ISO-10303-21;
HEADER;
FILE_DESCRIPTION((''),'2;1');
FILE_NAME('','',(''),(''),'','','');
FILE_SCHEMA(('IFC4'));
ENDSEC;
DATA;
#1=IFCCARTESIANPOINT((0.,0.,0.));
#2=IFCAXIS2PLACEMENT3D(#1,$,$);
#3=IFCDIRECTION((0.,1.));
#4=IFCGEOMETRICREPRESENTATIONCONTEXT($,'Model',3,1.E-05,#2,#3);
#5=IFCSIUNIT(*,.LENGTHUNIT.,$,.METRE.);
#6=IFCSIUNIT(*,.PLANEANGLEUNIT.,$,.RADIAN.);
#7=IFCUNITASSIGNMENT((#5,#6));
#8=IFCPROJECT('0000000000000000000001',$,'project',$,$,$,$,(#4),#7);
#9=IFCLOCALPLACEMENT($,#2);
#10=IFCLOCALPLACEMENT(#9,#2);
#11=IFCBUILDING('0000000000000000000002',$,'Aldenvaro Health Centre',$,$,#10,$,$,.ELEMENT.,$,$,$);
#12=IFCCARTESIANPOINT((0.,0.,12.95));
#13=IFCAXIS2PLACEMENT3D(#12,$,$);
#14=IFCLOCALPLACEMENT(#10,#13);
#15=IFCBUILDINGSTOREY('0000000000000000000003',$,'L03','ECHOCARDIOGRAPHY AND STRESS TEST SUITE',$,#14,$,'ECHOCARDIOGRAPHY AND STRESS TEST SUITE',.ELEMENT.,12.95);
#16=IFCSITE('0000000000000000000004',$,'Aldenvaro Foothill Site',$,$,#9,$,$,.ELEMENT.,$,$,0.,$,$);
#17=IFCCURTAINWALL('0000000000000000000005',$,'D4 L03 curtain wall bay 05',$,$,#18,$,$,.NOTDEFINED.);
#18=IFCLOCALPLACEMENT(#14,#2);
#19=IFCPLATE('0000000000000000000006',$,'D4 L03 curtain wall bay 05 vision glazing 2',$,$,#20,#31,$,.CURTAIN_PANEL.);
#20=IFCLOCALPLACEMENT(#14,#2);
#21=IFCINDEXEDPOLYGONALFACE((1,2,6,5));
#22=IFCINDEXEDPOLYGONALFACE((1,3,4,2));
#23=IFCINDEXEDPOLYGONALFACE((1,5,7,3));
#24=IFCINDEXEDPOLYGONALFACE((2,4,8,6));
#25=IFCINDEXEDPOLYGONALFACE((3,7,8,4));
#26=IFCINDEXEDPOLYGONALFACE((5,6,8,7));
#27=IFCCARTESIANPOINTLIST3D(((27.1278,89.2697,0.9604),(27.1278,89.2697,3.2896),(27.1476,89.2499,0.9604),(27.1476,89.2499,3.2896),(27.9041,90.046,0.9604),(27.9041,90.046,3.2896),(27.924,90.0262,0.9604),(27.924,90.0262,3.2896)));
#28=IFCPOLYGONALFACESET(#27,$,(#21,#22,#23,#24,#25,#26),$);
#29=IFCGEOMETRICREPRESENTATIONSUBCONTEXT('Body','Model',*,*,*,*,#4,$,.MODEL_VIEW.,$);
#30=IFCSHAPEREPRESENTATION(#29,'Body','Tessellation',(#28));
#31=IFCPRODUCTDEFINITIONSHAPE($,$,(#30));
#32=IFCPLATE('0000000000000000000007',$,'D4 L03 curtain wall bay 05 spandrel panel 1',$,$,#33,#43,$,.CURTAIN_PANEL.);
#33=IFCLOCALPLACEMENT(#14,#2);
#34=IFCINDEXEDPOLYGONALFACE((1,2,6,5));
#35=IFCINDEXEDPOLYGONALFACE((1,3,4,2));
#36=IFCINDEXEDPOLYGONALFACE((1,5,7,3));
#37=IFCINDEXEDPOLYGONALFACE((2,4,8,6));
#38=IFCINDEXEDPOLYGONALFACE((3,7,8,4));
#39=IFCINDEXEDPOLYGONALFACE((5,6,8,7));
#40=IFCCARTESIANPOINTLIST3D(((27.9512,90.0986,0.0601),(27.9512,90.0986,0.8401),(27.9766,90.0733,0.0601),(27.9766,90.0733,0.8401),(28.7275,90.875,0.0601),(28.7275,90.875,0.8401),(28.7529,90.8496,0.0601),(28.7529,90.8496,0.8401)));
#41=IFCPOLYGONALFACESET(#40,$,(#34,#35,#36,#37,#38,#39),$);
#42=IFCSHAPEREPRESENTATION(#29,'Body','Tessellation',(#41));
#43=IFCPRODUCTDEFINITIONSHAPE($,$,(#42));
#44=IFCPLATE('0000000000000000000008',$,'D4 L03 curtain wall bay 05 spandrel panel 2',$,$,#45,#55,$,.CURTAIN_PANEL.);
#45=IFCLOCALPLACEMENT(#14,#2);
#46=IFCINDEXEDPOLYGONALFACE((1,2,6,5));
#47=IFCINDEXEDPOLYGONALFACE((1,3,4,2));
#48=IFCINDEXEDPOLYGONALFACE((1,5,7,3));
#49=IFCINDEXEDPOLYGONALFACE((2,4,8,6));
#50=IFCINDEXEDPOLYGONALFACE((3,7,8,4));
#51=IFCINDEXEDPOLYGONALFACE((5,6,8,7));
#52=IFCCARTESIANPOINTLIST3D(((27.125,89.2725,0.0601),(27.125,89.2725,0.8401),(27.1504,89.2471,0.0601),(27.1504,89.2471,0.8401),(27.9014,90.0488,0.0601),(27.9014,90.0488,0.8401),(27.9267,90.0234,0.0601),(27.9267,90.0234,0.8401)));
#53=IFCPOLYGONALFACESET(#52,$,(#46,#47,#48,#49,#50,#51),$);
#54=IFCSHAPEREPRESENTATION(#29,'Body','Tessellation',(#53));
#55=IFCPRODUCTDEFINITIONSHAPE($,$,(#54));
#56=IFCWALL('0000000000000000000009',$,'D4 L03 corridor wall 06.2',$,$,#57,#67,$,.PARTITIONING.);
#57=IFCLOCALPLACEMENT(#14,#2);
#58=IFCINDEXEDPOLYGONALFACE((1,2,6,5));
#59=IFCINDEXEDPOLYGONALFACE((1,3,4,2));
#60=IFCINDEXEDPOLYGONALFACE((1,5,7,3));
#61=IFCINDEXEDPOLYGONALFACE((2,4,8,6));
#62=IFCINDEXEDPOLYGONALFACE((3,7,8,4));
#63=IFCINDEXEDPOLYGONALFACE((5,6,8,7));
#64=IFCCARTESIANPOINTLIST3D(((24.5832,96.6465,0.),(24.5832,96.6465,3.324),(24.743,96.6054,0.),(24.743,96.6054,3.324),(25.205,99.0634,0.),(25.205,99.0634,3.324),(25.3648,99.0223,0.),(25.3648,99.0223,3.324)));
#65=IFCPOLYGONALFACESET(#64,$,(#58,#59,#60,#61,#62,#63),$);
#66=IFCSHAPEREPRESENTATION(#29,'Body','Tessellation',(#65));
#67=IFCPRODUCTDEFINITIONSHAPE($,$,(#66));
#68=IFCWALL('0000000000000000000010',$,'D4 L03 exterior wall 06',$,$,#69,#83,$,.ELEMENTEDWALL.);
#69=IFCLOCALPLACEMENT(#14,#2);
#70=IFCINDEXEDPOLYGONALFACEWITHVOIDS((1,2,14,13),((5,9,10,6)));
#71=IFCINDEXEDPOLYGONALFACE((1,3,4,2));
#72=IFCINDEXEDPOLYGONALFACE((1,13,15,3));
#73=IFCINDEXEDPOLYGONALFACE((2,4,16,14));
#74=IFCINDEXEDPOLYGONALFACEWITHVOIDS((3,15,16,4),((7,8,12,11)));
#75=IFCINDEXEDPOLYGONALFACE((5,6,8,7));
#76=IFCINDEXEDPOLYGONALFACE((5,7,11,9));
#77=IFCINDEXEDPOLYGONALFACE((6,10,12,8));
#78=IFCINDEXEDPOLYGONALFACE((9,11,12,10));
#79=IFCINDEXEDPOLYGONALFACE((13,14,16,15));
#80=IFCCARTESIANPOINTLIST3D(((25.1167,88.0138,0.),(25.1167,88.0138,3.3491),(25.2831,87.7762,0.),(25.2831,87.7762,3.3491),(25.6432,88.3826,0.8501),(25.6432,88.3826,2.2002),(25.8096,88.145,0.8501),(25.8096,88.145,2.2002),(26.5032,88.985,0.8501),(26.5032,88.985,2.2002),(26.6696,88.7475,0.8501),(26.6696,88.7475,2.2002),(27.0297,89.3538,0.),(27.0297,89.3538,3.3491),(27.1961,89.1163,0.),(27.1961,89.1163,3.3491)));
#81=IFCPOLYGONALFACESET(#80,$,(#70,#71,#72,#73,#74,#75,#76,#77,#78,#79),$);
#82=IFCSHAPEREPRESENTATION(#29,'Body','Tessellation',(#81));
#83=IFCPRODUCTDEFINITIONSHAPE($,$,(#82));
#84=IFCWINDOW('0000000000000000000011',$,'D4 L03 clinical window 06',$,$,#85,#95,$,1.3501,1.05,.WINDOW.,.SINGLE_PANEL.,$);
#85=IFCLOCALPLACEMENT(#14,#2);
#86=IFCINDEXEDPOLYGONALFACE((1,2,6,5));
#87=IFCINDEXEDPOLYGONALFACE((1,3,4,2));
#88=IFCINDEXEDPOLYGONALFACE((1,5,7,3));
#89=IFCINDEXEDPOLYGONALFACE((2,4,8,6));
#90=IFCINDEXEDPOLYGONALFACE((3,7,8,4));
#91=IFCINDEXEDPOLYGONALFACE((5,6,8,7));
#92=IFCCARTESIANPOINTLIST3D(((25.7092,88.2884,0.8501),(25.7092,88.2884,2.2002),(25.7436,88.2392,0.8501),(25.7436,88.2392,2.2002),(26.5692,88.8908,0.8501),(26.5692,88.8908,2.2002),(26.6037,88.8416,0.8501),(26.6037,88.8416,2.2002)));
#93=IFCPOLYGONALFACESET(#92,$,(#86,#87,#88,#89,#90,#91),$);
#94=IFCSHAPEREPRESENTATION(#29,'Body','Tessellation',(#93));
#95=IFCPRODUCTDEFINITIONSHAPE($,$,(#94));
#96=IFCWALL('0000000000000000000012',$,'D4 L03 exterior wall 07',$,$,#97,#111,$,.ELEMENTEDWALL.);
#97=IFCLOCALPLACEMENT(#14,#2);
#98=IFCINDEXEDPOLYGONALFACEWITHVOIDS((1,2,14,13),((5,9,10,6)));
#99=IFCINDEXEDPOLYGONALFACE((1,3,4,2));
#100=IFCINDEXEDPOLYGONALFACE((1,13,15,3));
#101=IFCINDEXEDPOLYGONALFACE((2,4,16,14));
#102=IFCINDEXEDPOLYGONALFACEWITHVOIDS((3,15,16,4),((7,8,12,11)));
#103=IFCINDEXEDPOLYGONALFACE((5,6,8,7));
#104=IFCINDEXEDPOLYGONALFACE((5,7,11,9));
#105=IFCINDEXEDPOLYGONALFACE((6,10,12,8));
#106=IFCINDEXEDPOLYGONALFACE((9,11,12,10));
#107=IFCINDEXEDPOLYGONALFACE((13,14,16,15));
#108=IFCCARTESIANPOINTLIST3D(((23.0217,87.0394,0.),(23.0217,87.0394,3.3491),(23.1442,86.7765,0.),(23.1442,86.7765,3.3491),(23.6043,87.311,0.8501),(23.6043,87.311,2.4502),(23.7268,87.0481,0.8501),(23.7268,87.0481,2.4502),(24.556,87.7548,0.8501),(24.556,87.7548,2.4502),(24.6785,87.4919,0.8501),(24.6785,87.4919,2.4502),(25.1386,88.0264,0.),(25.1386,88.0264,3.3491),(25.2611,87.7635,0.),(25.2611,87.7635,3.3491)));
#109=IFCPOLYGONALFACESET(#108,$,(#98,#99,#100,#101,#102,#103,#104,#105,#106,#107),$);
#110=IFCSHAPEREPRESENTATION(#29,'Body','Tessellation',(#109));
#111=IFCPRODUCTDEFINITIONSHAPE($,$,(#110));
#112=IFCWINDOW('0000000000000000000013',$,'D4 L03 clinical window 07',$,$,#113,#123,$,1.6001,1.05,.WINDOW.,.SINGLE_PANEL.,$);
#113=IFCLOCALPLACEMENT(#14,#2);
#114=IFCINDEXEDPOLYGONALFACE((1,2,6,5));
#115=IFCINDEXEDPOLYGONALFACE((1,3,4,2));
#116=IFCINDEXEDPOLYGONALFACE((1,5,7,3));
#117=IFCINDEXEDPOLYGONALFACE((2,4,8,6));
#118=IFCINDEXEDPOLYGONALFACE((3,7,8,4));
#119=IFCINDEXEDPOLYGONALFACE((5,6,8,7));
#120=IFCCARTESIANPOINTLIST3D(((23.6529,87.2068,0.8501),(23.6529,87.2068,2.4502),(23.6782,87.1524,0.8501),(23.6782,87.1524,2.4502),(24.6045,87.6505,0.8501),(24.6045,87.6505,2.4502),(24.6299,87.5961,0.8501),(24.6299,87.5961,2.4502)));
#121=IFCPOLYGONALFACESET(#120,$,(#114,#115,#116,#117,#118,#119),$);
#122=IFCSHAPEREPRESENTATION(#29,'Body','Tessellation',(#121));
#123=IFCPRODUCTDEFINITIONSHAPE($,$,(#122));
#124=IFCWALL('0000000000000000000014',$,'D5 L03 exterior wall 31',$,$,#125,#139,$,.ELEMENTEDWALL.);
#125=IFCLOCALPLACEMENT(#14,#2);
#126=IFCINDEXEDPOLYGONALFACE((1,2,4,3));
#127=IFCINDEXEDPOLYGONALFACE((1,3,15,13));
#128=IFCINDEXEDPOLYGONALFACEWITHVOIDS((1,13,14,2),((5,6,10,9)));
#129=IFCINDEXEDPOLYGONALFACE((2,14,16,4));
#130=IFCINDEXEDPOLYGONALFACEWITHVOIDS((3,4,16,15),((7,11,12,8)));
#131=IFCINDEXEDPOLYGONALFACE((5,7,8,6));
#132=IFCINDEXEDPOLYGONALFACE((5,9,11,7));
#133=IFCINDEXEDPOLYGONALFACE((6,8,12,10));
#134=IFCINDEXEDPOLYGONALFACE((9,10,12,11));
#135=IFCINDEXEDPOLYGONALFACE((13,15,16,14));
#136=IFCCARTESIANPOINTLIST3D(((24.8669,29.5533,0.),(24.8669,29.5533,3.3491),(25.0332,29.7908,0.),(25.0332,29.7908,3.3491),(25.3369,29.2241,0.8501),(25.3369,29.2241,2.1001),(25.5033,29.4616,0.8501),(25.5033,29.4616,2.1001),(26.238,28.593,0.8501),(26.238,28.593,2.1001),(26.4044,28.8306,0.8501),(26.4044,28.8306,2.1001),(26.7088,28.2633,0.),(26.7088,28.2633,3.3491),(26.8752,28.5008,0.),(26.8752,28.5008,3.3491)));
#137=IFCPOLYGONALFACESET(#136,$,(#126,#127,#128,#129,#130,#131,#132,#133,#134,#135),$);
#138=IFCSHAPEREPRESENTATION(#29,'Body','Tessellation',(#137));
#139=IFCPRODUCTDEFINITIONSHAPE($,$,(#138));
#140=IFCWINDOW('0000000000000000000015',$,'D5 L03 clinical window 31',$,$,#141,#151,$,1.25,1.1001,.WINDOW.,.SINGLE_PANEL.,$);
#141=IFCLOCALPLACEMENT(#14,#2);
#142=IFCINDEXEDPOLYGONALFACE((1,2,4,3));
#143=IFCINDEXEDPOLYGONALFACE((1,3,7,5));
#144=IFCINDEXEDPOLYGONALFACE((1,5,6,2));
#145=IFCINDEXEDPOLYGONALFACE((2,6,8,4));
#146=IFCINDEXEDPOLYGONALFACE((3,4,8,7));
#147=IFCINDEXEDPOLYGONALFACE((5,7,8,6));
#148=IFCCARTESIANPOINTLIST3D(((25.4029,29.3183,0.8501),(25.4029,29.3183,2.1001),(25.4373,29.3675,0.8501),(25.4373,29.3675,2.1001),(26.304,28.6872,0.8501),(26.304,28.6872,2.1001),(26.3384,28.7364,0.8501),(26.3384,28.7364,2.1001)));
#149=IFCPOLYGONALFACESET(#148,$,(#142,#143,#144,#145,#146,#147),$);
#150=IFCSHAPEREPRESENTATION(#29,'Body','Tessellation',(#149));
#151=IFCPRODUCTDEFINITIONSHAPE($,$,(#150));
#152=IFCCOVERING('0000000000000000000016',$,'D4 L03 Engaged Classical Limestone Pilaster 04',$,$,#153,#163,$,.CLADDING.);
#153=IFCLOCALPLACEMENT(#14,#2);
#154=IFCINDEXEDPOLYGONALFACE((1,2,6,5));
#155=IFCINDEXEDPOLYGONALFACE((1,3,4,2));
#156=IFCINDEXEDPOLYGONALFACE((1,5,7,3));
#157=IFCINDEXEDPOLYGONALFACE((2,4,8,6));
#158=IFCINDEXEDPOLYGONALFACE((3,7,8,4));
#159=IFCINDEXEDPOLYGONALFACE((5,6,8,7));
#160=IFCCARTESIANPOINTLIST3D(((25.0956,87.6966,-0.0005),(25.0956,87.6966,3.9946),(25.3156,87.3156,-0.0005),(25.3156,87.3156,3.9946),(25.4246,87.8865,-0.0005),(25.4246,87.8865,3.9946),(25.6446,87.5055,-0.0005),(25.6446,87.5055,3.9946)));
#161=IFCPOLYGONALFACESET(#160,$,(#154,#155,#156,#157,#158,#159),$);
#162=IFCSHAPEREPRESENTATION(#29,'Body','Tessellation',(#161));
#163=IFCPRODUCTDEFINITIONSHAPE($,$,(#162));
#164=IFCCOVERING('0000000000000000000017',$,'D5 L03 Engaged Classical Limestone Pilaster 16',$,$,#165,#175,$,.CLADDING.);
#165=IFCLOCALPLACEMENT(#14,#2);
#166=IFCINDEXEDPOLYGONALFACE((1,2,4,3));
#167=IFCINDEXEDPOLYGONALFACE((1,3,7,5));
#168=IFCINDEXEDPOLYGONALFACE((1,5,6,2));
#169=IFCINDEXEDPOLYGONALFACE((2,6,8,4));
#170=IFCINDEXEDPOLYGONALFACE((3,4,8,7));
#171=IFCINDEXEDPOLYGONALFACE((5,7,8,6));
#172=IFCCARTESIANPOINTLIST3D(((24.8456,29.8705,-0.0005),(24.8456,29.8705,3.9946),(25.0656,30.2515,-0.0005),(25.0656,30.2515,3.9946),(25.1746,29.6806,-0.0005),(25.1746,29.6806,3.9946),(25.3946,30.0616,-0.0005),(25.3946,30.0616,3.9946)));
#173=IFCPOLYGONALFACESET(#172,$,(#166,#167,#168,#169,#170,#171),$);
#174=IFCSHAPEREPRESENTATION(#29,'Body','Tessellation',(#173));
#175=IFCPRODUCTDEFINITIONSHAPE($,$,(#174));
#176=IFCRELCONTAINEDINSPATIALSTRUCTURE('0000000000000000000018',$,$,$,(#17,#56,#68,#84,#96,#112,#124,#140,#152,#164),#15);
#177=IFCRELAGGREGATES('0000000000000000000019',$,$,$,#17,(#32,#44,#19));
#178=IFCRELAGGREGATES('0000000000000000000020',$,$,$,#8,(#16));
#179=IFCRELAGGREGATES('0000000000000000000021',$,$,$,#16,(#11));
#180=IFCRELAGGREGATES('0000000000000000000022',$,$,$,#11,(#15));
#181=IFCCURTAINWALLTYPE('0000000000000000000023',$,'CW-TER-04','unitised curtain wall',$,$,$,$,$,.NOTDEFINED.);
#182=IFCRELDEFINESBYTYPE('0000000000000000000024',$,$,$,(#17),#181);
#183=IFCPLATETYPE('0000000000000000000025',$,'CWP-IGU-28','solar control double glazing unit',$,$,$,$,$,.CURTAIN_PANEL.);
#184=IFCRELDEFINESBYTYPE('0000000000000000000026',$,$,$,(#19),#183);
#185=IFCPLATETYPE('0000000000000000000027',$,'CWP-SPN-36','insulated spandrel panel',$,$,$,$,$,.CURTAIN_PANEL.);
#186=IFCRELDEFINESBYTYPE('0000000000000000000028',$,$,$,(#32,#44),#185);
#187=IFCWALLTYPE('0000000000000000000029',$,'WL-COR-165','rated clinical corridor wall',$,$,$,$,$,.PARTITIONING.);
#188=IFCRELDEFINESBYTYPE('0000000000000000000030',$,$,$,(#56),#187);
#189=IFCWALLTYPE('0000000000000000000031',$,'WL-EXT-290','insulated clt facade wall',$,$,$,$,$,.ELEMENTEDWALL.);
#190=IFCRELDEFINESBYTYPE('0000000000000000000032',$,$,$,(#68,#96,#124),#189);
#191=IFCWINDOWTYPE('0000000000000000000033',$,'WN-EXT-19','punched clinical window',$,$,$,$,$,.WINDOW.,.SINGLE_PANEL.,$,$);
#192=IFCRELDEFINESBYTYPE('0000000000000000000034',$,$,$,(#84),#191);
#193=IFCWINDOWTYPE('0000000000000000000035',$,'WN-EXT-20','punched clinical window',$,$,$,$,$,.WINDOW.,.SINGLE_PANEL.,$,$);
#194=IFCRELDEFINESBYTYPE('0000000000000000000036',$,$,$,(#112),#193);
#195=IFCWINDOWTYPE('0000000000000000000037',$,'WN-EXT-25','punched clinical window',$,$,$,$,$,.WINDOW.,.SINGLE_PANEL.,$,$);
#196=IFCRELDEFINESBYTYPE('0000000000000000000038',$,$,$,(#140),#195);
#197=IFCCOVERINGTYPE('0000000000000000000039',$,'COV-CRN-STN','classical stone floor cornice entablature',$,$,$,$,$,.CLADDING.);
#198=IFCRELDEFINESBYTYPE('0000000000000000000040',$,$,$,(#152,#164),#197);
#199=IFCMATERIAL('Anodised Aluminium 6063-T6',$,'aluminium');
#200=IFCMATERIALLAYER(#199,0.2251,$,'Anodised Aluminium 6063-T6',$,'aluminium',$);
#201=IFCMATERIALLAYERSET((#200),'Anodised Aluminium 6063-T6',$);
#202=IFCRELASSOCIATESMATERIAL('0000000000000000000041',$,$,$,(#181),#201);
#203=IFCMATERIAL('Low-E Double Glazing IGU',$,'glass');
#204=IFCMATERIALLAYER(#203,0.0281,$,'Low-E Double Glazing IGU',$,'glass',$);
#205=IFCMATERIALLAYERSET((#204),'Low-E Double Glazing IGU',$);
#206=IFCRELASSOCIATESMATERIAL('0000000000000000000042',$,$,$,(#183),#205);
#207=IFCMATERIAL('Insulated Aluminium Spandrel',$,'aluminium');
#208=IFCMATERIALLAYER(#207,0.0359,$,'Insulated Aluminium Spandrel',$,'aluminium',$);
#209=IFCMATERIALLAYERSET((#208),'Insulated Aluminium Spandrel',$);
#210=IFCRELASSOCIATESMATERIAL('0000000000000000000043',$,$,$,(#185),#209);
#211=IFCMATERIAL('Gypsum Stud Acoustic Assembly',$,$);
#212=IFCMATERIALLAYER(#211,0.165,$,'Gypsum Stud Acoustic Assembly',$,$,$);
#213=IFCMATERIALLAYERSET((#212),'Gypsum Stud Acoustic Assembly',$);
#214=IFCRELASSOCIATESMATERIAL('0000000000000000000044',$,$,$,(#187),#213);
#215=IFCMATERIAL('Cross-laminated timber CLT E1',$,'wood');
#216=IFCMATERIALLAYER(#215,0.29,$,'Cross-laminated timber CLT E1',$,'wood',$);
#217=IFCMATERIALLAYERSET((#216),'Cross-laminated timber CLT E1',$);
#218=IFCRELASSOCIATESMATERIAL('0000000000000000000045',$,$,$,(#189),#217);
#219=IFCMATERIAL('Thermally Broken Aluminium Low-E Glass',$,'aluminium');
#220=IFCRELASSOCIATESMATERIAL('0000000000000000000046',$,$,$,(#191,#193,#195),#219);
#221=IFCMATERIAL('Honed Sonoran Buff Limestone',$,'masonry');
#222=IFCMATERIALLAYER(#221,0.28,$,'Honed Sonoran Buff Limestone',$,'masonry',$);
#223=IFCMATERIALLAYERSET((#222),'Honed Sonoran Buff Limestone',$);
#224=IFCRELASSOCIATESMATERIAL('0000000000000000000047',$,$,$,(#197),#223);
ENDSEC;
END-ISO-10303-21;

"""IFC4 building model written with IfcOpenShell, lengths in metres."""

from ifc_helpers import new_model, si_unit, direction, frame, frame_2d, origin, origin_2d, place, context, subcontext, project, spatial, rectangle, extrude, material, layer, layer_set, type_object, element, fill, aggregate, save


model = new_model("IFC4")

# Units and contexts
model_context = context("Model", 3, precision=1e-05, world=origin(), true_north=direction((0.0, 1.0)))
body_context = subcontext(model_context, "Body", "Model", "MODEL_VIEW")
ifc_project = project(units=[si_unit("LENGTHUNIT", "METRE"), si_unit("PLANEANGLEUNIT", "RADIAN")], contexts=[model_context])

# Site, building, storey
site_placement = place(None, origin())
site = spatial("IfcSite", under=ifc_project, at=site_placement, Name="Aldenvaro Foothill Site", CompositionType="ELEMENT", RefElevation=0.0)
building_placement = place(site_placement, origin())
building = spatial("IfcBuilding", under=site, at=building_placement, Name="Aldenvaro Health Centre", CompositionType="ELEMENT")
storey_placement = place(building_placement, frame((0.0, 0.0, 12.95)))
storey = spatial("IfcBuildingStorey", under=building, at=storey_placement, Name="L03", Description="ECHOCARDIOGRAPHY AND STRESS TEST SUITE", LongName="ECHOCARDIOGRAPHY AND STRESS TEST SUITE", CompositionType="ELEMENT", Elevation=12.95)

# Curtain wall, plates
ifc_material_1 = material(Name="Anodised Aluminium 6063-T6", Category="aluminium")
ifc_layer_1 = layer(ifc_material_1, 0.2251, Name="Anodised Aluminium 6063-T6", Category="aluminium")
ifc_layer_set_1 = layer_set([ifc_layer_1], Name="Anodised Aluminium 6063-T6")
curtain_wall_type = type_object("IfcCurtainWallType", Name="CW-TER-04", Description="unitised curtain wall", PredefinedType="NOTDEFINED", material=ifc_layer_set_1)
curtain_wall_placement = place(storey_placement, origin())
curtain_wall = element("IfcCurtainWall", 1, at=curtain_wall_placement, inside=storey, type_object=curtain_wall_type, Name="D4 L03 curtain wall bay 05", PredefinedType="NOTDEFINED")
ifc_material_2 = material(Name="Low-E Double Glazing IGU", Category="glass")
ifc_layer_2 = layer(ifc_material_2, 0.0281, Name="Low-E Double Glazing IGU", Category="glass")
ifc_layer_set_2 = layer_set([ifc_layer_2], Name="Low-E Double Glazing IGU")
plate_type_1 = type_object("IfcPlateType", Name="CWP-IGU-28", Description="solar control double glazing unit", PredefinedType="CURTAIN_PANEL", material=ifc_layer_set_2)
plate_1_placement = place(storey_placement, frame((27.5259, 89.6479, 0.9604), z_axis=(0.0, 0.0, 1.0), x_axis=(-0.707107, -0.707107, 0.0)))
plate_1 = element("IfcPlate", 2, at=plate_1_placement, type_object=plate_type_1, Name="D4 L03 curtain wall bay 05 vision glazing 2", PredefinedType="CURTAIN_PANEL", context=body_context, shape_type="SweptSolid", body=[
    extrude(rectangle(XDim=1.0979, YDim=0.0281, at=origin_2d()), origin(), (0.0, 0.0, 1.0), 2.3291),
])
ifc_material_3 = material(Name="Insulated Aluminium Spandrel", Category="aluminium")
ifc_layer_3 = layer(ifc_material_3, 0.0359, Name="Insulated Aluminium Spandrel", Category="aluminium")
ifc_layer_set_3 = layer_set([ifc_layer_3], Name="Insulated Aluminium Spandrel")
plate_type_2 = type_object("IfcPlateType", Name="CWP-SPN-36", Description="insulated spandrel panel", PredefinedType="CURTAIN_PANEL", material=ifc_layer_set_3)
plate_2_placement = place(storey_placement, frame((28.3521, 90.4741, 0.0601), z_axis=(0.0, 0.0, 1.0), x_axis=(-0.707107, -0.707107, 0.0)))
plate_2 = element("IfcPlate", 3, at=plate_2_placement, type_object=plate_type_2, Name="D4 L03 curtain wall bay 05 spandrel panel 1", PredefinedType="CURTAIN_PANEL", context=body_context, shape_type="SweptSolid", body=[
    extrude(rectangle(XDim=1.0979, YDim=0.0359, at=origin_2d()), origin(), (0.0, 0.0, 1.0), 0.78),
])
plate_3_placement = place(storey_placement, frame((27.5259, 89.6479, 0.0601), z_axis=(0.0, 0.0, 1.0), x_axis=(-0.707107, -0.707107, 0.0)))
plate_3 = element("IfcPlate", 4, at=plate_3_placement, type_object=plate_type_2, Name="D4 L03 curtain wall bay 05 spandrel panel 2", PredefinedType="CURTAIN_PANEL", context=body_context, shape_type="SweptSolid", body=[
    extrude(rectangle(XDim=1.0979, YDim=0.0359, at=origin_2d()), origin(), (0.0, 0.0, 1.0), 0.78),
])
aggregate(curtain_wall, [plate_2, plate_3, plate_1])

# Wall
ifc_material_4 = material(Name="Gypsum Stud Acoustic Assembly")
ifc_layer_4 = layer(ifc_material_4, 0.165, Name="Gypsum Stud Acoustic Assembly")
ifc_layer_set_4 = layer_set([ifc_layer_4], Name="Gypsum Stud Acoustic Assembly")
wall_type_1 = type_object("IfcWallType", Name="WL-COR-165", Description="rated clinical corridor wall", PredefinedType="PARTITIONING", material=ifc_layer_set_4)
wall_1_placement = place(storey_placement, frame((24.6631, 96.626, 0.0), z_axis=(0.0, 0.0, 1.0), x_axis=(0.249159, 0.968463, 0.0)))
element("IfcWall", 5, at=wall_1_placement, inside=storey, type_object=wall_type_1, Name="D4 L03 corridor wall 06.2", PredefinedType="PARTITIONING", context=body_context, shape_type="SweptSolid", body=[
    extrude(rectangle(XDim=2.4956, YDim=0.165, at=frame_2d((1.2478, 0.0))), origin(), (0.0, 0.0, 1.0), 3.324),
])

# Walls, openings, windows
ifc_material_5 = material(Name="Cross-laminated timber CLT E1", Category="wood")
ifc_layer_5 = layer(ifc_material_5, 0.29, Name="Cross-laminated timber CLT E1", Category="wood")
ifc_layer_set_5 = layer_set([ifc_layer_5], Name="Cross-laminated timber CLT E1")
wall_type_2 = type_object("IfcWallType", Name="WL-EXT-290", Description="insulated clt facade wall", PredefinedType="ELEMENTEDWALL", material=ifc_layer_set_5)
wall_2_placement = place(storey_placement, frame((27.113, 89.2351, 0.0), z_axis=(0.0, 0.0, 1.0), x_axis=(-0.819045, -0.573729, 0.0)))
wall_2 = element("IfcWall", 6, at=wall_2_placement, inside=storey, type_object=wall_type_2, Name="D4 L03 exterior wall 06", PredefinedType="ELEMENTEDWALL", context=body_context, shape_type="SweptSolid", body=[
    extrude(rectangle(XDim=2.3357, YDim=0.29, at=frame_2d((1.168, 0.0))), origin(), (0.0, 0.0, 1.0), 3.3491),
])
opening_1_placement = place(wall_2_placement, frame((0.6431, 0.0, 0.8501)))
opening_1 = element("IfcOpeningElement", 7, at=opening_1_placement, cuts=wall_2, PredefinedType="OPENING", context=body_context, shape_type="SweptSolid", body=[
    extrude(rectangle(XDim=1.05, YDim=1.3501, at=frame_2d((0.5249, 0.675))), frame((0.0, 0.155, 0.0), z_axis=(0.0, -1.0, 0.0), x_axis=(1.0, 0.0, 0.0)), (0.0, 0.0, 1.0), 0.3101),
])
ifc_material_6 = material(Name="Thermally Broken Aluminium Low-E Glass", Category="aluminium")
window_type_1 = type_object("IfcWindowType", Name="WN-EXT-19", Description="punched clinical window", PartitioningType="SINGLE_PANEL", PredefinedType="WINDOW", material=ifc_material_6)
window_1_placement = place(opening_1_placement, origin())
window_1 = element("IfcWindow", 8, at=window_1_placement, inside=storey, type_object=window_type_1, Name="D4 L03 clinical window 06", OverallHeight=1.3501, OverallWidth=1.05, PartitioningType="SINGLE_PANEL", PredefinedType="WINDOW", context=body_context, shape_type="SweptSolid", body=[
    extrude(rectangle(XDim=1.05, YDim=1.3501, at=frame_2d((0.5249, 0.675))), frame((0.0, 0.03, 0.0), z_axis=(0.0, -1.0, 0.0), x_axis=(1.0, 0.0, 0.0)), (0.0, 0.0, 1.0), 0.0601),
])
fill(opening_1, window_1)
wall_3_placement = place(storey_placement, frame((25.2, 87.895, 0.0), z_axis=(0.0, 0.0, 1.0), x_axis=(-0.906322, -0.422588, 0.0)))
wall_3 = element("IfcWall", 9, at=wall_3_placement, inside=storey, type_object=wall_type_2, Name="D4 L03 exterior wall 07", PredefinedType="ELEMENTEDWALL", context=body_context, shape_type="SweptSolid", body=[
    extrude(rectangle(XDim=2.3357, YDim=0.29, at=frame_2d((1.168, 0.0))), origin(), (0.0, 0.0, 1.0), 3.3491),
])
opening_2_placement = place(wall_3_placement, frame((0.6431, 0.0, 0.8501)))
opening_2 = element("IfcOpeningElement", 10, at=opening_2_placement, cuts=wall_3, PredefinedType="OPENING", context=body_context, shape_type="SweptSolid", body=[
    extrude(rectangle(XDim=1.05, YDim=1.6001, at=frame_2d((0.5249, 0.8))), frame((0.0, 0.155, 0.0), z_axis=(0.0, -1.0, 0.0), x_axis=(1.0, 0.0, 0.0)), (0.0, 0.0, 1.0), 0.3101),
])
window_type_2 = type_object("IfcWindowType", Name="WN-EXT-20", Description="punched clinical window", PartitioningType="SINGLE_PANEL", PredefinedType="WINDOW", material=ifc_material_6)
window_2_placement = place(opening_2_placement, origin())
window_2 = element("IfcWindow", 11, at=window_2_placement, inside=storey, type_object=window_type_2, Name="D4 L03 clinical window 07", OverallHeight=1.6001, OverallWidth=1.05, PartitioningType="SINGLE_PANEL", PredefinedType="WINDOW", context=body_context, shape_type="SweptSolid", body=[
    extrude(rectangle(XDim=1.05, YDim=1.6001, at=frame_2d((0.5249, 0.8))), frame((0.0, 0.03, 0.0), z_axis=(0.0, -1.0, 0.0), x_axis=(1.0, 0.0, 0.0)), (0.0, 0.0, 1.0), 0.0601),
])
fill(opening_2, window_2)
wall_4_placement = place(storey_placement, frame((24.95, 29.6721, 0.0), z_axis=(0.0, 0.0, 1.0), x_axis=(0.819104, -0.573644, 0.0)))
wall_4 = element("IfcWall", 12, at=wall_4_placement, inside=storey, type_object=wall_type_2, Name="D5 L03 exterior wall 31", PredefinedType="ELEMENTEDWALL", context=body_context, shape_type="SweptSolid", body=[
    extrude(rectangle(XDim=2.2488, YDim=0.29, at=frame_2d((1.1245, 0.0))), origin(), (0.0, 0.0, 1.0), 3.3491),
])
opening_3_placement = place(wall_4_placement, frame((0.574, 0.0, 0.8501)))
opening_3 = element("IfcOpeningElement", 13, at=opening_3_placement, cuts=wall_4, PredefinedType="OPENING", context=body_context, shape_type="SweptSolid", body=[
    extrude(rectangle(XDim=1.1001, YDim=1.25, at=frame_2d((0.55, 0.625))), frame((0.0, 0.155, 0.0), z_axis=(0.0, -1.0, 0.0), x_axis=(1.0, 0.0, 0.0)), (0.0, 0.0, 1.0), 0.3101),
])
window_type_3 = type_object("IfcWindowType", Name="WN-EXT-25", Description="punched clinical window", PartitioningType="SINGLE_PANEL", PredefinedType="WINDOW", material=ifc_material_6)
window_3_placement = place(opening_3_placement, origin())
window_3 = element("IfcWindow", 14, at=window_3_placement, inside=storey, type_object=window_type_3, Name="D5 L03 clinical window 31", OverallHeight=1.25, OverallWidth=1.1001, PartitioningType="SINGLE_PANEL", PredefinedType="WINDOW", context=body_context, shape_type="SweptSolid", body=[
    extrude(rectangle(XDim=1.1001, YDim=1.25, at=frame_2d((0.55, 0.625))), frame((0.0, 0.03, 0.0), z_axis=(0.0, -1.0, 0.0), x_axis=(1.0, 0.0, 0.0)), (0.0, 0.0, 1.0), 0.0601),
])
fill(opening_3, window_3)

# Coverings
ifc_material_7 = material(Name="Honed Sonoran Buff Limestone", Category="masonry")
ifc_layer_6 = layer(ifc_material_7, 0.28, Name="Honed Sonoran Buff Limestone", Category="masonry")
ifc_layer_set_6 = layer_set([ifc_layer_6], Name="Honed Sonoran Buff Limestone")
covering_type = type_object("IfcCoveringType", Name="COV-CRN-STN", Description="classical stone floor cornice entablature", PredefinedType="CLADDING", material=ifc_layer_set_6)
for number, where, z_axis, x_axis, name in (
    (15, (25.3701, 87.6011, -0.0005), (0.0, 0.0, 1.0), (0.499992, -0.86603, 0.0), "D4 L03 Engaged Classical Limestone Pilaster 04"),
    (16, (25.1201, 29.9661, -0.0005), (0.0, 0.0, 1.0), (0.499991, 0.866031, 0.0), "D5 L03 Engaged Classical Limestone Pilaster 16"),
):
    element("IfcCovering", number, at=place(storey_placement, frame(where, z_axis=z_axis, x_axis=x_axis)), inside=storey, type_object=covering_type, Name=name, PredefinedType="CLADDING", context=body_context, shape_type="SweptSolid", body=[
        extrude(rectangle(XDim=0.4399, YDim=0.3799, at=origin_2d()), origin(), (0.0, 0.0, 1.0), 3.9951),
    ])

save(model, "model.ifc")
